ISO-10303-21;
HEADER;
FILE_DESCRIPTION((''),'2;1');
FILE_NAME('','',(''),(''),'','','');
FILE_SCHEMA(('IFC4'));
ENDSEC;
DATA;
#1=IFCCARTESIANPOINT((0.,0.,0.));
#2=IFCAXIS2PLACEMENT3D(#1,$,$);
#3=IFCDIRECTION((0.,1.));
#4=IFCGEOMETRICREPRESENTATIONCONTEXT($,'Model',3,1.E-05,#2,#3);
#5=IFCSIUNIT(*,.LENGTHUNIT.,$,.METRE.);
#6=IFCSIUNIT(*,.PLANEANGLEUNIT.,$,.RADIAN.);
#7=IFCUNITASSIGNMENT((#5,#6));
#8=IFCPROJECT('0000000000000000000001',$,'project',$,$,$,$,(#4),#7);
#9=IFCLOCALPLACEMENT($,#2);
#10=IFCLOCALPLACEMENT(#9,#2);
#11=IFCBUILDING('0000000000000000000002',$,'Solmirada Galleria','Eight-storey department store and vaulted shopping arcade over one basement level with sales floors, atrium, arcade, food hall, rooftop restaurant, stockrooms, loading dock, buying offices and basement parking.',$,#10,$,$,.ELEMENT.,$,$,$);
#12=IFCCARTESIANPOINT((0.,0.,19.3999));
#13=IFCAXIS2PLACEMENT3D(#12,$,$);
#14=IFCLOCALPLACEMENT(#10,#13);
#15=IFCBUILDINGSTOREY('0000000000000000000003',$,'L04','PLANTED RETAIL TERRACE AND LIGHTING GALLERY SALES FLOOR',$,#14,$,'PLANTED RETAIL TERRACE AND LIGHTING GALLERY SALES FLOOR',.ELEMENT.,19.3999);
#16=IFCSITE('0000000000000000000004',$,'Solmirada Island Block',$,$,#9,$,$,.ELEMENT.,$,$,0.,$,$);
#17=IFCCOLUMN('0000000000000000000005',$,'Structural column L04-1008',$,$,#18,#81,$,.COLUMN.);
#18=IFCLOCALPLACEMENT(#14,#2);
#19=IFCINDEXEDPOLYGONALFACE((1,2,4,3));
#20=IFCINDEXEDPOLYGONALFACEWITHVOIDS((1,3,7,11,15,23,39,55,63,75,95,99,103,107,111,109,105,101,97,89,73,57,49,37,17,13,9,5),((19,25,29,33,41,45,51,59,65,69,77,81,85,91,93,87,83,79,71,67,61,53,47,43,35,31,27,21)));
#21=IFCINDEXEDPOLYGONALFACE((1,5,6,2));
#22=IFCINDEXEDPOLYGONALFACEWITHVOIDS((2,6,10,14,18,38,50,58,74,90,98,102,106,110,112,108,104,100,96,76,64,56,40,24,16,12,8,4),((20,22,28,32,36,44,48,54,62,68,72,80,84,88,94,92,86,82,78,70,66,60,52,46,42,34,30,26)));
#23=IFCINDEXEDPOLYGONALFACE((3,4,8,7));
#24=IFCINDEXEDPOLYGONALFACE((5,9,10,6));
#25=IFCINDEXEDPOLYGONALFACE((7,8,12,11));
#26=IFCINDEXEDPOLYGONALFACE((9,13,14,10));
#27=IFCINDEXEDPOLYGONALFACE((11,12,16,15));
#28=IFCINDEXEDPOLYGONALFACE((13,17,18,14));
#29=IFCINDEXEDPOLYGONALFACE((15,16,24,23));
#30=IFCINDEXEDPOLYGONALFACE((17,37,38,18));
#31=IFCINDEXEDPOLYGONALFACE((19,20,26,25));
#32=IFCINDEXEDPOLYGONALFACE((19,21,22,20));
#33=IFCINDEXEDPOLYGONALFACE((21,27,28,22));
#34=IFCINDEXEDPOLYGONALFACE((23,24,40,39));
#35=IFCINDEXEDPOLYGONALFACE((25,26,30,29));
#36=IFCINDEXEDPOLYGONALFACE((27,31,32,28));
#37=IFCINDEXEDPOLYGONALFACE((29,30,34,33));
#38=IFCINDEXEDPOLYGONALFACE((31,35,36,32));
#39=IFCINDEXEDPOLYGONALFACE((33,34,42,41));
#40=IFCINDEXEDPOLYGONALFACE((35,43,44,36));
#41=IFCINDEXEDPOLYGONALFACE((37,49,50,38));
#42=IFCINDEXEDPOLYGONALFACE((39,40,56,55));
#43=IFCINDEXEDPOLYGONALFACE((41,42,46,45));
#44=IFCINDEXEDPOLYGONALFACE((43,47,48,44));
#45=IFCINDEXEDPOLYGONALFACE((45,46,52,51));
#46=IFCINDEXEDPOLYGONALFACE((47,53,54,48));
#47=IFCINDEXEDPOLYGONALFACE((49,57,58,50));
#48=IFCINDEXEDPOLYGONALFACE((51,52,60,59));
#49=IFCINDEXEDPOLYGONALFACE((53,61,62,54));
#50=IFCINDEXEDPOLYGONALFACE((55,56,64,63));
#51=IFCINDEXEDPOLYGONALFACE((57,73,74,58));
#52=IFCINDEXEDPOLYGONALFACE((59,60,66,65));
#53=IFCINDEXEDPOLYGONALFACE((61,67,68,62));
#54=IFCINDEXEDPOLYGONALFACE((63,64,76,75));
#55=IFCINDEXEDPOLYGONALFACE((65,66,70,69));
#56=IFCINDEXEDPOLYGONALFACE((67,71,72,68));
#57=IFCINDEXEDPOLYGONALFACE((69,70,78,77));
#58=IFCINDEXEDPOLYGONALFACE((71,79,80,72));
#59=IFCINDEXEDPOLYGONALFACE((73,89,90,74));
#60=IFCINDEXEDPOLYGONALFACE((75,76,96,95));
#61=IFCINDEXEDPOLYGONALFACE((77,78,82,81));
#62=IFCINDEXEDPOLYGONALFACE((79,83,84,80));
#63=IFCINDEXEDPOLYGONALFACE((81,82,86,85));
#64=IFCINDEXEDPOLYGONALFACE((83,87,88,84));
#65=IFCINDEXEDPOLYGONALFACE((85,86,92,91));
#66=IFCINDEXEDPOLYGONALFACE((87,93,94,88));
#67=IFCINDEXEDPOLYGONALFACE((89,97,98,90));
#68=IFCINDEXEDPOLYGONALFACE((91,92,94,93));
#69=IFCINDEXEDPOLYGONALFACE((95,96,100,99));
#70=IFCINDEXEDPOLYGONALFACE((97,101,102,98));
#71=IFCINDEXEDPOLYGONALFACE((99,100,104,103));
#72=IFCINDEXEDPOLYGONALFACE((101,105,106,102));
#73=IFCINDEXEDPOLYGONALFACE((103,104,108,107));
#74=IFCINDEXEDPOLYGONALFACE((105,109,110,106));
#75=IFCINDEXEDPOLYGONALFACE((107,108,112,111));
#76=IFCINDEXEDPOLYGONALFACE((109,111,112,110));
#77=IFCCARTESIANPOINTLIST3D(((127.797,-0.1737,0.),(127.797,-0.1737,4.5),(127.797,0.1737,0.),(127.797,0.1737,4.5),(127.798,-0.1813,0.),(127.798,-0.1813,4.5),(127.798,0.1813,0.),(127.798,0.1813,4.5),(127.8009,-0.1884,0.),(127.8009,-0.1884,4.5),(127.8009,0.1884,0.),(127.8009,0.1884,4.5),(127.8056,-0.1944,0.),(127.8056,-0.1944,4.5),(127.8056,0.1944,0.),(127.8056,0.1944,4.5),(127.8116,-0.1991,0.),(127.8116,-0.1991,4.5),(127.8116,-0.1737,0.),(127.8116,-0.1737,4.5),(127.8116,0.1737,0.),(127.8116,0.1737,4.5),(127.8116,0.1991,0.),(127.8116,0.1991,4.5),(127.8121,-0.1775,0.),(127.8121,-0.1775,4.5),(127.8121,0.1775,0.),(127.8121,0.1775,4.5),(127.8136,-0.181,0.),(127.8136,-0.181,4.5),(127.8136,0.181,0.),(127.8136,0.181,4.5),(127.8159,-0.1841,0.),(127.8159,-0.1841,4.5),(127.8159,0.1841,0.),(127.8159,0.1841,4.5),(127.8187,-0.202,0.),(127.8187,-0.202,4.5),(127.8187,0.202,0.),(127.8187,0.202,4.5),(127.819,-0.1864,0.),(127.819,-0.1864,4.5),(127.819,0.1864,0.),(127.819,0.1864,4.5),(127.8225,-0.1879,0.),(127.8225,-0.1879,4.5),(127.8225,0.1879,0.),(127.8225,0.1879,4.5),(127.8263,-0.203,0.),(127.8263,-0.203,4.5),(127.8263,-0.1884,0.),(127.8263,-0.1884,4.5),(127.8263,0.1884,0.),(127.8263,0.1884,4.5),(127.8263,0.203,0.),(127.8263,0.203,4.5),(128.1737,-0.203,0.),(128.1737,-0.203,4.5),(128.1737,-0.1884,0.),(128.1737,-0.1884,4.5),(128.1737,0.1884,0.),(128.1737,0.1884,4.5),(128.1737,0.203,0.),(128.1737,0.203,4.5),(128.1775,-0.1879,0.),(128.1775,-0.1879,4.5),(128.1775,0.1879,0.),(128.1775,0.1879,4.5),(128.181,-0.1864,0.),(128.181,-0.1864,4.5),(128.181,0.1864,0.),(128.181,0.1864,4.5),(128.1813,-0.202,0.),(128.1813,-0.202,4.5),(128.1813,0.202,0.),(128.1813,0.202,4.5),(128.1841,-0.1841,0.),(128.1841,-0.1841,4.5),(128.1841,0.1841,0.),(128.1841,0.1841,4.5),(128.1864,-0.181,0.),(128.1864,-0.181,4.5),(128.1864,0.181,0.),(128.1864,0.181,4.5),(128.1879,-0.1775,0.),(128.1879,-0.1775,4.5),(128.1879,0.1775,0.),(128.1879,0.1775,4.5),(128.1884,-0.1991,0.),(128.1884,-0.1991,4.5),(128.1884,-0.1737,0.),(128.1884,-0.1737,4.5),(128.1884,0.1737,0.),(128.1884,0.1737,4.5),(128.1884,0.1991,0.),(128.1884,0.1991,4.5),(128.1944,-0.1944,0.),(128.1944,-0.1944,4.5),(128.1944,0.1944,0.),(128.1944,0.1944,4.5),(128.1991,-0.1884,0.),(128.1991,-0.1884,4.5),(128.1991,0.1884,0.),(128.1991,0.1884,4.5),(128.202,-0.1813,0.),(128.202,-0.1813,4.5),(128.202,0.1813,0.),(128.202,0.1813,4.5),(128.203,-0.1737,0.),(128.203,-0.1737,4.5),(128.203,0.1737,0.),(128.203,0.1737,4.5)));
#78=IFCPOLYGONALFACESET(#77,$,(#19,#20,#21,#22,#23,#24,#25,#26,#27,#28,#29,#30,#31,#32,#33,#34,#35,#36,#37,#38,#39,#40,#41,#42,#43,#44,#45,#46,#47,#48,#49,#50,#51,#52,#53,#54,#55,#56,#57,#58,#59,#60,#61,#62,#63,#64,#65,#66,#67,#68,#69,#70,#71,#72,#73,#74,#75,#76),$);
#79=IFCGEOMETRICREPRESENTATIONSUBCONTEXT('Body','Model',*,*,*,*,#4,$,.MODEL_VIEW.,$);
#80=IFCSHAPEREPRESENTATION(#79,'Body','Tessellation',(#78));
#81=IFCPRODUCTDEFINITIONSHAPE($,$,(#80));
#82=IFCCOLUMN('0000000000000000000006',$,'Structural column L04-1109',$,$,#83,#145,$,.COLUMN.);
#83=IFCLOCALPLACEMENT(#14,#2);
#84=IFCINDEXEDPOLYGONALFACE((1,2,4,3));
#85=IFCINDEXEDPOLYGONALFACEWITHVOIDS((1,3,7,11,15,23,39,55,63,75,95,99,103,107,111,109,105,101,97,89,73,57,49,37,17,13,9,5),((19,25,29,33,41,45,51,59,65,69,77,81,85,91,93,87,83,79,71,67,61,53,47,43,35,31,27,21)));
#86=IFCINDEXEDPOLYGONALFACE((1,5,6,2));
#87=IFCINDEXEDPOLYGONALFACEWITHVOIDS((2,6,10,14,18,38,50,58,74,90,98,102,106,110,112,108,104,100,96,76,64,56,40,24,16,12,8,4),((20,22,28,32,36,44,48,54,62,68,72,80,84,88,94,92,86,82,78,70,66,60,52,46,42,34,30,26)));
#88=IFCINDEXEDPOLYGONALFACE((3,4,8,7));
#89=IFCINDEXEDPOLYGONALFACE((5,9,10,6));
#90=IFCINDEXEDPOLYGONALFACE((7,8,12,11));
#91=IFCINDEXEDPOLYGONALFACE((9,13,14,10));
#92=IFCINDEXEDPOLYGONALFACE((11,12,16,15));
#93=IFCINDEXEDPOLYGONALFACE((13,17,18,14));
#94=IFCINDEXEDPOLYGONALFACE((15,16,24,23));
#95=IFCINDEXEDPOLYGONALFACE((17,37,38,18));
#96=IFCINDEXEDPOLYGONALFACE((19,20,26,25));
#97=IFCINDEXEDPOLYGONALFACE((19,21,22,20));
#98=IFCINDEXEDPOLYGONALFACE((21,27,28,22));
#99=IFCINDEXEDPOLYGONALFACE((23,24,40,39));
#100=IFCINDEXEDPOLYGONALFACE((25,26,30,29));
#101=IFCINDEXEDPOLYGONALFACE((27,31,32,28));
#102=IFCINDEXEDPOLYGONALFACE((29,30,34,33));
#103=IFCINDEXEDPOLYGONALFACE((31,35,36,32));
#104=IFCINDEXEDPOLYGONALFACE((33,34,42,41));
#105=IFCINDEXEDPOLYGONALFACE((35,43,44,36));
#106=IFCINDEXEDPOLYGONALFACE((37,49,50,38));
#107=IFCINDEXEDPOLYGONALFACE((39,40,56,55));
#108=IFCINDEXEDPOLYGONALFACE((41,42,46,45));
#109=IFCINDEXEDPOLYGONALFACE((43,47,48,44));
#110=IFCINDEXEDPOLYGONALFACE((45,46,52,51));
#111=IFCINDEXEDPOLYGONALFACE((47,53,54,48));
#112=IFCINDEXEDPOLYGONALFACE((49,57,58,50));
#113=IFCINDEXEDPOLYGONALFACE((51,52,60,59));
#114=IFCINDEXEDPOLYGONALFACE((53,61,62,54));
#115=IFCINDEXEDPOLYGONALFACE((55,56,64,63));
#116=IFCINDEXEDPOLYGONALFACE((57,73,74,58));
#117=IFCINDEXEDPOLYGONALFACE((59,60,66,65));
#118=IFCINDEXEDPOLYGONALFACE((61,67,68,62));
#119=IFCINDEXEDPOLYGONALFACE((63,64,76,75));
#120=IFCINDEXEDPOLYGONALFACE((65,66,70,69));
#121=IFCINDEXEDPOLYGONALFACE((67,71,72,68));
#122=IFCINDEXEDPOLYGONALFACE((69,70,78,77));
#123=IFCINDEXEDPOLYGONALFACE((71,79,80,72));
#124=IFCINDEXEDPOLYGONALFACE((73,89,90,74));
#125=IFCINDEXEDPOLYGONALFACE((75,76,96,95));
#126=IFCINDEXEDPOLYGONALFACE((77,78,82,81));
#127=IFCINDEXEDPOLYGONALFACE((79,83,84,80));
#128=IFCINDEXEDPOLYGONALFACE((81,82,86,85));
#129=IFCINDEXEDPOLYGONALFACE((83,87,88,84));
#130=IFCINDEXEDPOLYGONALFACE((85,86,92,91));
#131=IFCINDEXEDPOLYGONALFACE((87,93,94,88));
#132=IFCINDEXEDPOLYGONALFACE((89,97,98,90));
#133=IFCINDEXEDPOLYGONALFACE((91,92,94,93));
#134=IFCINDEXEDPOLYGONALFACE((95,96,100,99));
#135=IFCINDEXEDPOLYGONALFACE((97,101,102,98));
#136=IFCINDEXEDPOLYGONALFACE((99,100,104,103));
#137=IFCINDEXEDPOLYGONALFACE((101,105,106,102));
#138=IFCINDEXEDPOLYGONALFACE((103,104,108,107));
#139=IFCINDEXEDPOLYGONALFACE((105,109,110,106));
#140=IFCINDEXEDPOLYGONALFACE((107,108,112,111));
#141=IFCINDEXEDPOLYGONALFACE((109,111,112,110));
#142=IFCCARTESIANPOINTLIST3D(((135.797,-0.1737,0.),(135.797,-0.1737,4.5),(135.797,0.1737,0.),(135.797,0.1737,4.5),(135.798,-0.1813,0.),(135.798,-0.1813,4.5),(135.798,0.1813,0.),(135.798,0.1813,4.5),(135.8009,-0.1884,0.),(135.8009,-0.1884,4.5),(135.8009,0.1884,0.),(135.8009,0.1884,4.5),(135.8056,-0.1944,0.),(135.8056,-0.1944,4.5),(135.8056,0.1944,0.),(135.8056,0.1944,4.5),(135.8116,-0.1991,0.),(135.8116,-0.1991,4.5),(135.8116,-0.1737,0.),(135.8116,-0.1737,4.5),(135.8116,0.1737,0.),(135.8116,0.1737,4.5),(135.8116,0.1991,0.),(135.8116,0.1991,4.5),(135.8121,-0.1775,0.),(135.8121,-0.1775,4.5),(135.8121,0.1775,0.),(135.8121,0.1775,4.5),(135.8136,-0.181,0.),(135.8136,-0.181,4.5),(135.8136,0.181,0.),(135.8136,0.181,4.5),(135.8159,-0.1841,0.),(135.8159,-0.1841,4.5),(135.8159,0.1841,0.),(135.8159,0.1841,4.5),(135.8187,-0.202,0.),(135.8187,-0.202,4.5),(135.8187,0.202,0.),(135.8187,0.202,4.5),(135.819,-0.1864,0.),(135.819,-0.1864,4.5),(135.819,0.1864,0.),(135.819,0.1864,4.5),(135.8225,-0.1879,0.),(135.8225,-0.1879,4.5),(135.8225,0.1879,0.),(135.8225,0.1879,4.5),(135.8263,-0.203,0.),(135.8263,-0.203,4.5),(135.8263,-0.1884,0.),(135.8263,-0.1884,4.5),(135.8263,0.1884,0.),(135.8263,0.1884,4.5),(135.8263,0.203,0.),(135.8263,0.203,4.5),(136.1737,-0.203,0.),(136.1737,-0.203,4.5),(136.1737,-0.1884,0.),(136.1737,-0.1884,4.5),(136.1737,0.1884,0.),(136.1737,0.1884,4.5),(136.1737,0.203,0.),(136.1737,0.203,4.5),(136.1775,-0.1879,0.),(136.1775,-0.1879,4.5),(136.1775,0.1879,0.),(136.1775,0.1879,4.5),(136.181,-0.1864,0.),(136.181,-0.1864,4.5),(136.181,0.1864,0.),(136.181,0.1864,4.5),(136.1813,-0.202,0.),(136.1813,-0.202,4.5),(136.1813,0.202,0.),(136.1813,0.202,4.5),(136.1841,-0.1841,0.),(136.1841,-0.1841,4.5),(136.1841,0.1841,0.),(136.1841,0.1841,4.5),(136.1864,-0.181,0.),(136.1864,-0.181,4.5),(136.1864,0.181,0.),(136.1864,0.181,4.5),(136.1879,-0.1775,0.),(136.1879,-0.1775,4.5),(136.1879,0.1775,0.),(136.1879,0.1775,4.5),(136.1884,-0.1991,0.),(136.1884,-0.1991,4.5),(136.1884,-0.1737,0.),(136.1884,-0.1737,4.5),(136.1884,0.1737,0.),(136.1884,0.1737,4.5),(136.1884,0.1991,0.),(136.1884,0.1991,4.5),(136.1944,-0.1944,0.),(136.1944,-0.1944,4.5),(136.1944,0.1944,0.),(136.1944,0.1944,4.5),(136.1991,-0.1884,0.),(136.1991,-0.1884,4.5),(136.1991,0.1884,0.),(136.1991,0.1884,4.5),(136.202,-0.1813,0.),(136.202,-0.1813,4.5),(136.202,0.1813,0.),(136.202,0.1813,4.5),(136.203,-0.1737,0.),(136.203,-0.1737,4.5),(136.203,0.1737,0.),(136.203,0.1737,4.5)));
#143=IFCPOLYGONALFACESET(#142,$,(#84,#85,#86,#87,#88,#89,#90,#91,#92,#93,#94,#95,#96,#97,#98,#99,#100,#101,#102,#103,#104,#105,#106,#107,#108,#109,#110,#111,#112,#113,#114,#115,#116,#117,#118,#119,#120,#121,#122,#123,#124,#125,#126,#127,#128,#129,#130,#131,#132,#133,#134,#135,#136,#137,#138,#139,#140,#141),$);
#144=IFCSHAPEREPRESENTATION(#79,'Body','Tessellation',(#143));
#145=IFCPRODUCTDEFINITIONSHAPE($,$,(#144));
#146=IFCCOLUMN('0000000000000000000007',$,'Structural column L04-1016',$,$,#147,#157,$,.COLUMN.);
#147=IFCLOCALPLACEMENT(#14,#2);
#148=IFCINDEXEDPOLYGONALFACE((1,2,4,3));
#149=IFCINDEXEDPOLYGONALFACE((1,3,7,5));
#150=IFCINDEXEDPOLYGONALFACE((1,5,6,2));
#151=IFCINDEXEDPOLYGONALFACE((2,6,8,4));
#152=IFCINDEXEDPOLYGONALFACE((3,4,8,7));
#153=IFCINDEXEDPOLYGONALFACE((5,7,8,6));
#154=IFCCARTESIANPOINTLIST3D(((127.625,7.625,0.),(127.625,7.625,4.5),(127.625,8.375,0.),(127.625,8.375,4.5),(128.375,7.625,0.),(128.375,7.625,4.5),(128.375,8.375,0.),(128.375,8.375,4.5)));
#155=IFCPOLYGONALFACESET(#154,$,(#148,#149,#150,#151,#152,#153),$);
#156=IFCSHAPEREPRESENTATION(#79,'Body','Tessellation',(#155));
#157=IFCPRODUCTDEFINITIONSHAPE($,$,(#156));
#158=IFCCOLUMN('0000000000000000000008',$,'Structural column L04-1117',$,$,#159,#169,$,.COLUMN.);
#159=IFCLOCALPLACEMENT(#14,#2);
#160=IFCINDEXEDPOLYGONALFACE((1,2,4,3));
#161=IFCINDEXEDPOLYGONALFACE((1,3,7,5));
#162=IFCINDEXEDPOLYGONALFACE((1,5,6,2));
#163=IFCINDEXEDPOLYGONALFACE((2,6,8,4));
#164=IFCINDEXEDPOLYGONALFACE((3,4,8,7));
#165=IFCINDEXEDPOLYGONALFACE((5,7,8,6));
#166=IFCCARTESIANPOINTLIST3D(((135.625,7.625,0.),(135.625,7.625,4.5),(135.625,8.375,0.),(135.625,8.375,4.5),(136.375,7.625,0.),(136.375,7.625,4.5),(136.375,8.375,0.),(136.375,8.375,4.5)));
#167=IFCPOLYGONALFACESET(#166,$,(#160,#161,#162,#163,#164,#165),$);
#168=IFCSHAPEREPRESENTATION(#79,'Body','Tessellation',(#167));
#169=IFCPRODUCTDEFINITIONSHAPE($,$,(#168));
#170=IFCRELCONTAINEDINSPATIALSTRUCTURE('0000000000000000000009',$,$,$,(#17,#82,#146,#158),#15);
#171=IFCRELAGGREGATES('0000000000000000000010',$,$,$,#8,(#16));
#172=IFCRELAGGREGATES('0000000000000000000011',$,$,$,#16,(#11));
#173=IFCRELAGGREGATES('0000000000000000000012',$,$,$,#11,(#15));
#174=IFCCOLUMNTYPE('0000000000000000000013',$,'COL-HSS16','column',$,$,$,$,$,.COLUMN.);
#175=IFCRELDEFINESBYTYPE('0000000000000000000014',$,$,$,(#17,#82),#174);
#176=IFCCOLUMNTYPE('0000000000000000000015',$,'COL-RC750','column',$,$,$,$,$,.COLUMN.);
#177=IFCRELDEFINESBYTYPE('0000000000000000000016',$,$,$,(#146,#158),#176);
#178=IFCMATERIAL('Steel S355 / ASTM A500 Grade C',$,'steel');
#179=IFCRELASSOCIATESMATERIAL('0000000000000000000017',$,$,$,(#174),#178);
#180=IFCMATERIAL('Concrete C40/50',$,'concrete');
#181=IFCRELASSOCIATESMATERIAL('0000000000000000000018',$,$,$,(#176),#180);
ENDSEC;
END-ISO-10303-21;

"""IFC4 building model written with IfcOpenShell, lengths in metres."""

from ifc_helpers import new_model, si_unit, direction, frame, origin, origin_2d, place, context, subcontext, project, spatial, rectangle, hollow_rectangle, extrude, material, material_profile, profile_set, type_object, element, save


model = new_model("IFC4")

# Units and contexts
model_context = context("Model", 3, precision=1e-05, world=origin(), true_north=direction((0.0, 1.0)))
body_context = subcontext(model_context, "Body", "Model", "MODEL_VIEW")
ifc_project = project(units=[si_unit("LENGTHUNIT", "METRE"), si_unit("PLANEANGLEUNIT", "RADIAN")], contexts=[model_context])

# Site, building, storey
site_placement = place(None, origin())
site = spatial("IfcSite", under=ifc_project, at=site_placement, Name="Solmirada Island Block", CompositionType="ELEMENT", RefElevation=0.0)
building_placement = place(site_placement, origin())
building = spatial("IfcBuilding", under=site, at=building_placement, Name="Solmirada Galleria", Description="Eight-storey department store and vaulted shopping arcade over one basement level with sales floors, atrium, arcade, food hall, rooftop restaurant, stockrooms, loading dock, buying offices and basement parking.", CompositionType="ELEMENT")
storey_placement = place(building_placement, frame((0.0, 0.0, 19.3999)))
storey = spatial("IfcBuildingStorey", under=building, at=storey_placement, Name="L04", Description="PLANTED RETAIL TERRACE AND LIGHTING GALLERY SALES FLOOR", LongName="PLANTED RETAIL TERRACE AND LIGHTING GALLERY SALES FLOOR", CompositionType="ELEMENT", Elevation=19.3999)

# Columns
ifc_material_1 = material(Name="Steel S355 / ASTM A500 Grade C", Category="steel")
ifc_material_profile_1 = material_profile(ifc_material_1, hollow_rectangle(XDim=0.406, YDim=0.406, WallThickness=0.0146, InnerFilletRadius=0.0146, OuterFilletRadius=0.0293, at=origin_2d()), Name="HSS16X16X5/8")
ifc_profile_set_1 = profile_set([ifc_material_profile_1], Name="Steel S355 / ASTM A500 Grade C")
column_type_1 = type_object("IfcColumnType", Name="COL-HSS16", Description="column", PredefinedType="COLUMN", material=ifc_profile_set_1)
for number, where, z_axis, x_axis, name in (
    (1, (128.0, 0.0, 0.0), (0.0, 0.0, 1.0), (1.0, 0.0, 0.0), "Structural column L04-1008"),
    (2, (136.0, 0.0, 0.0), (0.0, 0.0, 1.0), (1.0, 0.0, 0.0), "Structural column L04-1109"),
):
    element("IfcColumn", number, at=place(storey_placement, frame(where, z_axis=z_axis, x_axis=x_axis)), inside=storey, type_object=column_type_1, Name=name, PredefinedType="COLUMN", context=body_context, shape_type="SweptSolid", body=[
        extrude(hollow_rectangle(XDim=0.406, YDim=0.406, WallThickness=0.0146, InnerFilletRadius=0.0146, OuterFilletRadius=0.0293, at=origin_2d()), origin(), (0.0, 0.0, 1.0), 4.5),
    ])
ifc_material_2 = material(Name="Concrete C40/50", Category="concrete")
ifc_material_profile_2 = material_profile(ifc_material_2, rectangle(XDim=0.75, YDim=0.75, at=origin_2d()), Name="RC750X750")
ifc_profile_set_2 = profile_set([ifc_material_profile_2], Name="Concrete C40/50")
column_type_2 = type_object("IfcColumnType", Name="COL-RC750", Description="column", PredefinedType="COLUMN", material=ifc_profile_set_2)
for number, where, z_axis, x_axis, name in (
    (3, (128.0, 8.0, 0.0), (0.0, 0.0, 1.0), (1.0, 0.0, 0.0), "Structural column L04-1016"),
    (4, (136.0, 8.0, 0.0), (0.0, 0.0, 1.0), (1.0, 0.0, 0.0), "Structural column L04-1117"),
):
    element("IfcColumn", number, at=place(storey_placement, frame(where, z_axis=z_axis, x_axis=x_axis)), inside=storey, type_object=column_type_2, Name=name, PredefinedType="COLUMN", context=body_context, shape_type="SweptSolid", body=[
        extrude(rectangle(XDim=0.75, YDim=0.75, at=origin_2d()), origin(), (0.0, 0.0, 1.0), 4.5),
    ])

save(model, "model.ifc")
